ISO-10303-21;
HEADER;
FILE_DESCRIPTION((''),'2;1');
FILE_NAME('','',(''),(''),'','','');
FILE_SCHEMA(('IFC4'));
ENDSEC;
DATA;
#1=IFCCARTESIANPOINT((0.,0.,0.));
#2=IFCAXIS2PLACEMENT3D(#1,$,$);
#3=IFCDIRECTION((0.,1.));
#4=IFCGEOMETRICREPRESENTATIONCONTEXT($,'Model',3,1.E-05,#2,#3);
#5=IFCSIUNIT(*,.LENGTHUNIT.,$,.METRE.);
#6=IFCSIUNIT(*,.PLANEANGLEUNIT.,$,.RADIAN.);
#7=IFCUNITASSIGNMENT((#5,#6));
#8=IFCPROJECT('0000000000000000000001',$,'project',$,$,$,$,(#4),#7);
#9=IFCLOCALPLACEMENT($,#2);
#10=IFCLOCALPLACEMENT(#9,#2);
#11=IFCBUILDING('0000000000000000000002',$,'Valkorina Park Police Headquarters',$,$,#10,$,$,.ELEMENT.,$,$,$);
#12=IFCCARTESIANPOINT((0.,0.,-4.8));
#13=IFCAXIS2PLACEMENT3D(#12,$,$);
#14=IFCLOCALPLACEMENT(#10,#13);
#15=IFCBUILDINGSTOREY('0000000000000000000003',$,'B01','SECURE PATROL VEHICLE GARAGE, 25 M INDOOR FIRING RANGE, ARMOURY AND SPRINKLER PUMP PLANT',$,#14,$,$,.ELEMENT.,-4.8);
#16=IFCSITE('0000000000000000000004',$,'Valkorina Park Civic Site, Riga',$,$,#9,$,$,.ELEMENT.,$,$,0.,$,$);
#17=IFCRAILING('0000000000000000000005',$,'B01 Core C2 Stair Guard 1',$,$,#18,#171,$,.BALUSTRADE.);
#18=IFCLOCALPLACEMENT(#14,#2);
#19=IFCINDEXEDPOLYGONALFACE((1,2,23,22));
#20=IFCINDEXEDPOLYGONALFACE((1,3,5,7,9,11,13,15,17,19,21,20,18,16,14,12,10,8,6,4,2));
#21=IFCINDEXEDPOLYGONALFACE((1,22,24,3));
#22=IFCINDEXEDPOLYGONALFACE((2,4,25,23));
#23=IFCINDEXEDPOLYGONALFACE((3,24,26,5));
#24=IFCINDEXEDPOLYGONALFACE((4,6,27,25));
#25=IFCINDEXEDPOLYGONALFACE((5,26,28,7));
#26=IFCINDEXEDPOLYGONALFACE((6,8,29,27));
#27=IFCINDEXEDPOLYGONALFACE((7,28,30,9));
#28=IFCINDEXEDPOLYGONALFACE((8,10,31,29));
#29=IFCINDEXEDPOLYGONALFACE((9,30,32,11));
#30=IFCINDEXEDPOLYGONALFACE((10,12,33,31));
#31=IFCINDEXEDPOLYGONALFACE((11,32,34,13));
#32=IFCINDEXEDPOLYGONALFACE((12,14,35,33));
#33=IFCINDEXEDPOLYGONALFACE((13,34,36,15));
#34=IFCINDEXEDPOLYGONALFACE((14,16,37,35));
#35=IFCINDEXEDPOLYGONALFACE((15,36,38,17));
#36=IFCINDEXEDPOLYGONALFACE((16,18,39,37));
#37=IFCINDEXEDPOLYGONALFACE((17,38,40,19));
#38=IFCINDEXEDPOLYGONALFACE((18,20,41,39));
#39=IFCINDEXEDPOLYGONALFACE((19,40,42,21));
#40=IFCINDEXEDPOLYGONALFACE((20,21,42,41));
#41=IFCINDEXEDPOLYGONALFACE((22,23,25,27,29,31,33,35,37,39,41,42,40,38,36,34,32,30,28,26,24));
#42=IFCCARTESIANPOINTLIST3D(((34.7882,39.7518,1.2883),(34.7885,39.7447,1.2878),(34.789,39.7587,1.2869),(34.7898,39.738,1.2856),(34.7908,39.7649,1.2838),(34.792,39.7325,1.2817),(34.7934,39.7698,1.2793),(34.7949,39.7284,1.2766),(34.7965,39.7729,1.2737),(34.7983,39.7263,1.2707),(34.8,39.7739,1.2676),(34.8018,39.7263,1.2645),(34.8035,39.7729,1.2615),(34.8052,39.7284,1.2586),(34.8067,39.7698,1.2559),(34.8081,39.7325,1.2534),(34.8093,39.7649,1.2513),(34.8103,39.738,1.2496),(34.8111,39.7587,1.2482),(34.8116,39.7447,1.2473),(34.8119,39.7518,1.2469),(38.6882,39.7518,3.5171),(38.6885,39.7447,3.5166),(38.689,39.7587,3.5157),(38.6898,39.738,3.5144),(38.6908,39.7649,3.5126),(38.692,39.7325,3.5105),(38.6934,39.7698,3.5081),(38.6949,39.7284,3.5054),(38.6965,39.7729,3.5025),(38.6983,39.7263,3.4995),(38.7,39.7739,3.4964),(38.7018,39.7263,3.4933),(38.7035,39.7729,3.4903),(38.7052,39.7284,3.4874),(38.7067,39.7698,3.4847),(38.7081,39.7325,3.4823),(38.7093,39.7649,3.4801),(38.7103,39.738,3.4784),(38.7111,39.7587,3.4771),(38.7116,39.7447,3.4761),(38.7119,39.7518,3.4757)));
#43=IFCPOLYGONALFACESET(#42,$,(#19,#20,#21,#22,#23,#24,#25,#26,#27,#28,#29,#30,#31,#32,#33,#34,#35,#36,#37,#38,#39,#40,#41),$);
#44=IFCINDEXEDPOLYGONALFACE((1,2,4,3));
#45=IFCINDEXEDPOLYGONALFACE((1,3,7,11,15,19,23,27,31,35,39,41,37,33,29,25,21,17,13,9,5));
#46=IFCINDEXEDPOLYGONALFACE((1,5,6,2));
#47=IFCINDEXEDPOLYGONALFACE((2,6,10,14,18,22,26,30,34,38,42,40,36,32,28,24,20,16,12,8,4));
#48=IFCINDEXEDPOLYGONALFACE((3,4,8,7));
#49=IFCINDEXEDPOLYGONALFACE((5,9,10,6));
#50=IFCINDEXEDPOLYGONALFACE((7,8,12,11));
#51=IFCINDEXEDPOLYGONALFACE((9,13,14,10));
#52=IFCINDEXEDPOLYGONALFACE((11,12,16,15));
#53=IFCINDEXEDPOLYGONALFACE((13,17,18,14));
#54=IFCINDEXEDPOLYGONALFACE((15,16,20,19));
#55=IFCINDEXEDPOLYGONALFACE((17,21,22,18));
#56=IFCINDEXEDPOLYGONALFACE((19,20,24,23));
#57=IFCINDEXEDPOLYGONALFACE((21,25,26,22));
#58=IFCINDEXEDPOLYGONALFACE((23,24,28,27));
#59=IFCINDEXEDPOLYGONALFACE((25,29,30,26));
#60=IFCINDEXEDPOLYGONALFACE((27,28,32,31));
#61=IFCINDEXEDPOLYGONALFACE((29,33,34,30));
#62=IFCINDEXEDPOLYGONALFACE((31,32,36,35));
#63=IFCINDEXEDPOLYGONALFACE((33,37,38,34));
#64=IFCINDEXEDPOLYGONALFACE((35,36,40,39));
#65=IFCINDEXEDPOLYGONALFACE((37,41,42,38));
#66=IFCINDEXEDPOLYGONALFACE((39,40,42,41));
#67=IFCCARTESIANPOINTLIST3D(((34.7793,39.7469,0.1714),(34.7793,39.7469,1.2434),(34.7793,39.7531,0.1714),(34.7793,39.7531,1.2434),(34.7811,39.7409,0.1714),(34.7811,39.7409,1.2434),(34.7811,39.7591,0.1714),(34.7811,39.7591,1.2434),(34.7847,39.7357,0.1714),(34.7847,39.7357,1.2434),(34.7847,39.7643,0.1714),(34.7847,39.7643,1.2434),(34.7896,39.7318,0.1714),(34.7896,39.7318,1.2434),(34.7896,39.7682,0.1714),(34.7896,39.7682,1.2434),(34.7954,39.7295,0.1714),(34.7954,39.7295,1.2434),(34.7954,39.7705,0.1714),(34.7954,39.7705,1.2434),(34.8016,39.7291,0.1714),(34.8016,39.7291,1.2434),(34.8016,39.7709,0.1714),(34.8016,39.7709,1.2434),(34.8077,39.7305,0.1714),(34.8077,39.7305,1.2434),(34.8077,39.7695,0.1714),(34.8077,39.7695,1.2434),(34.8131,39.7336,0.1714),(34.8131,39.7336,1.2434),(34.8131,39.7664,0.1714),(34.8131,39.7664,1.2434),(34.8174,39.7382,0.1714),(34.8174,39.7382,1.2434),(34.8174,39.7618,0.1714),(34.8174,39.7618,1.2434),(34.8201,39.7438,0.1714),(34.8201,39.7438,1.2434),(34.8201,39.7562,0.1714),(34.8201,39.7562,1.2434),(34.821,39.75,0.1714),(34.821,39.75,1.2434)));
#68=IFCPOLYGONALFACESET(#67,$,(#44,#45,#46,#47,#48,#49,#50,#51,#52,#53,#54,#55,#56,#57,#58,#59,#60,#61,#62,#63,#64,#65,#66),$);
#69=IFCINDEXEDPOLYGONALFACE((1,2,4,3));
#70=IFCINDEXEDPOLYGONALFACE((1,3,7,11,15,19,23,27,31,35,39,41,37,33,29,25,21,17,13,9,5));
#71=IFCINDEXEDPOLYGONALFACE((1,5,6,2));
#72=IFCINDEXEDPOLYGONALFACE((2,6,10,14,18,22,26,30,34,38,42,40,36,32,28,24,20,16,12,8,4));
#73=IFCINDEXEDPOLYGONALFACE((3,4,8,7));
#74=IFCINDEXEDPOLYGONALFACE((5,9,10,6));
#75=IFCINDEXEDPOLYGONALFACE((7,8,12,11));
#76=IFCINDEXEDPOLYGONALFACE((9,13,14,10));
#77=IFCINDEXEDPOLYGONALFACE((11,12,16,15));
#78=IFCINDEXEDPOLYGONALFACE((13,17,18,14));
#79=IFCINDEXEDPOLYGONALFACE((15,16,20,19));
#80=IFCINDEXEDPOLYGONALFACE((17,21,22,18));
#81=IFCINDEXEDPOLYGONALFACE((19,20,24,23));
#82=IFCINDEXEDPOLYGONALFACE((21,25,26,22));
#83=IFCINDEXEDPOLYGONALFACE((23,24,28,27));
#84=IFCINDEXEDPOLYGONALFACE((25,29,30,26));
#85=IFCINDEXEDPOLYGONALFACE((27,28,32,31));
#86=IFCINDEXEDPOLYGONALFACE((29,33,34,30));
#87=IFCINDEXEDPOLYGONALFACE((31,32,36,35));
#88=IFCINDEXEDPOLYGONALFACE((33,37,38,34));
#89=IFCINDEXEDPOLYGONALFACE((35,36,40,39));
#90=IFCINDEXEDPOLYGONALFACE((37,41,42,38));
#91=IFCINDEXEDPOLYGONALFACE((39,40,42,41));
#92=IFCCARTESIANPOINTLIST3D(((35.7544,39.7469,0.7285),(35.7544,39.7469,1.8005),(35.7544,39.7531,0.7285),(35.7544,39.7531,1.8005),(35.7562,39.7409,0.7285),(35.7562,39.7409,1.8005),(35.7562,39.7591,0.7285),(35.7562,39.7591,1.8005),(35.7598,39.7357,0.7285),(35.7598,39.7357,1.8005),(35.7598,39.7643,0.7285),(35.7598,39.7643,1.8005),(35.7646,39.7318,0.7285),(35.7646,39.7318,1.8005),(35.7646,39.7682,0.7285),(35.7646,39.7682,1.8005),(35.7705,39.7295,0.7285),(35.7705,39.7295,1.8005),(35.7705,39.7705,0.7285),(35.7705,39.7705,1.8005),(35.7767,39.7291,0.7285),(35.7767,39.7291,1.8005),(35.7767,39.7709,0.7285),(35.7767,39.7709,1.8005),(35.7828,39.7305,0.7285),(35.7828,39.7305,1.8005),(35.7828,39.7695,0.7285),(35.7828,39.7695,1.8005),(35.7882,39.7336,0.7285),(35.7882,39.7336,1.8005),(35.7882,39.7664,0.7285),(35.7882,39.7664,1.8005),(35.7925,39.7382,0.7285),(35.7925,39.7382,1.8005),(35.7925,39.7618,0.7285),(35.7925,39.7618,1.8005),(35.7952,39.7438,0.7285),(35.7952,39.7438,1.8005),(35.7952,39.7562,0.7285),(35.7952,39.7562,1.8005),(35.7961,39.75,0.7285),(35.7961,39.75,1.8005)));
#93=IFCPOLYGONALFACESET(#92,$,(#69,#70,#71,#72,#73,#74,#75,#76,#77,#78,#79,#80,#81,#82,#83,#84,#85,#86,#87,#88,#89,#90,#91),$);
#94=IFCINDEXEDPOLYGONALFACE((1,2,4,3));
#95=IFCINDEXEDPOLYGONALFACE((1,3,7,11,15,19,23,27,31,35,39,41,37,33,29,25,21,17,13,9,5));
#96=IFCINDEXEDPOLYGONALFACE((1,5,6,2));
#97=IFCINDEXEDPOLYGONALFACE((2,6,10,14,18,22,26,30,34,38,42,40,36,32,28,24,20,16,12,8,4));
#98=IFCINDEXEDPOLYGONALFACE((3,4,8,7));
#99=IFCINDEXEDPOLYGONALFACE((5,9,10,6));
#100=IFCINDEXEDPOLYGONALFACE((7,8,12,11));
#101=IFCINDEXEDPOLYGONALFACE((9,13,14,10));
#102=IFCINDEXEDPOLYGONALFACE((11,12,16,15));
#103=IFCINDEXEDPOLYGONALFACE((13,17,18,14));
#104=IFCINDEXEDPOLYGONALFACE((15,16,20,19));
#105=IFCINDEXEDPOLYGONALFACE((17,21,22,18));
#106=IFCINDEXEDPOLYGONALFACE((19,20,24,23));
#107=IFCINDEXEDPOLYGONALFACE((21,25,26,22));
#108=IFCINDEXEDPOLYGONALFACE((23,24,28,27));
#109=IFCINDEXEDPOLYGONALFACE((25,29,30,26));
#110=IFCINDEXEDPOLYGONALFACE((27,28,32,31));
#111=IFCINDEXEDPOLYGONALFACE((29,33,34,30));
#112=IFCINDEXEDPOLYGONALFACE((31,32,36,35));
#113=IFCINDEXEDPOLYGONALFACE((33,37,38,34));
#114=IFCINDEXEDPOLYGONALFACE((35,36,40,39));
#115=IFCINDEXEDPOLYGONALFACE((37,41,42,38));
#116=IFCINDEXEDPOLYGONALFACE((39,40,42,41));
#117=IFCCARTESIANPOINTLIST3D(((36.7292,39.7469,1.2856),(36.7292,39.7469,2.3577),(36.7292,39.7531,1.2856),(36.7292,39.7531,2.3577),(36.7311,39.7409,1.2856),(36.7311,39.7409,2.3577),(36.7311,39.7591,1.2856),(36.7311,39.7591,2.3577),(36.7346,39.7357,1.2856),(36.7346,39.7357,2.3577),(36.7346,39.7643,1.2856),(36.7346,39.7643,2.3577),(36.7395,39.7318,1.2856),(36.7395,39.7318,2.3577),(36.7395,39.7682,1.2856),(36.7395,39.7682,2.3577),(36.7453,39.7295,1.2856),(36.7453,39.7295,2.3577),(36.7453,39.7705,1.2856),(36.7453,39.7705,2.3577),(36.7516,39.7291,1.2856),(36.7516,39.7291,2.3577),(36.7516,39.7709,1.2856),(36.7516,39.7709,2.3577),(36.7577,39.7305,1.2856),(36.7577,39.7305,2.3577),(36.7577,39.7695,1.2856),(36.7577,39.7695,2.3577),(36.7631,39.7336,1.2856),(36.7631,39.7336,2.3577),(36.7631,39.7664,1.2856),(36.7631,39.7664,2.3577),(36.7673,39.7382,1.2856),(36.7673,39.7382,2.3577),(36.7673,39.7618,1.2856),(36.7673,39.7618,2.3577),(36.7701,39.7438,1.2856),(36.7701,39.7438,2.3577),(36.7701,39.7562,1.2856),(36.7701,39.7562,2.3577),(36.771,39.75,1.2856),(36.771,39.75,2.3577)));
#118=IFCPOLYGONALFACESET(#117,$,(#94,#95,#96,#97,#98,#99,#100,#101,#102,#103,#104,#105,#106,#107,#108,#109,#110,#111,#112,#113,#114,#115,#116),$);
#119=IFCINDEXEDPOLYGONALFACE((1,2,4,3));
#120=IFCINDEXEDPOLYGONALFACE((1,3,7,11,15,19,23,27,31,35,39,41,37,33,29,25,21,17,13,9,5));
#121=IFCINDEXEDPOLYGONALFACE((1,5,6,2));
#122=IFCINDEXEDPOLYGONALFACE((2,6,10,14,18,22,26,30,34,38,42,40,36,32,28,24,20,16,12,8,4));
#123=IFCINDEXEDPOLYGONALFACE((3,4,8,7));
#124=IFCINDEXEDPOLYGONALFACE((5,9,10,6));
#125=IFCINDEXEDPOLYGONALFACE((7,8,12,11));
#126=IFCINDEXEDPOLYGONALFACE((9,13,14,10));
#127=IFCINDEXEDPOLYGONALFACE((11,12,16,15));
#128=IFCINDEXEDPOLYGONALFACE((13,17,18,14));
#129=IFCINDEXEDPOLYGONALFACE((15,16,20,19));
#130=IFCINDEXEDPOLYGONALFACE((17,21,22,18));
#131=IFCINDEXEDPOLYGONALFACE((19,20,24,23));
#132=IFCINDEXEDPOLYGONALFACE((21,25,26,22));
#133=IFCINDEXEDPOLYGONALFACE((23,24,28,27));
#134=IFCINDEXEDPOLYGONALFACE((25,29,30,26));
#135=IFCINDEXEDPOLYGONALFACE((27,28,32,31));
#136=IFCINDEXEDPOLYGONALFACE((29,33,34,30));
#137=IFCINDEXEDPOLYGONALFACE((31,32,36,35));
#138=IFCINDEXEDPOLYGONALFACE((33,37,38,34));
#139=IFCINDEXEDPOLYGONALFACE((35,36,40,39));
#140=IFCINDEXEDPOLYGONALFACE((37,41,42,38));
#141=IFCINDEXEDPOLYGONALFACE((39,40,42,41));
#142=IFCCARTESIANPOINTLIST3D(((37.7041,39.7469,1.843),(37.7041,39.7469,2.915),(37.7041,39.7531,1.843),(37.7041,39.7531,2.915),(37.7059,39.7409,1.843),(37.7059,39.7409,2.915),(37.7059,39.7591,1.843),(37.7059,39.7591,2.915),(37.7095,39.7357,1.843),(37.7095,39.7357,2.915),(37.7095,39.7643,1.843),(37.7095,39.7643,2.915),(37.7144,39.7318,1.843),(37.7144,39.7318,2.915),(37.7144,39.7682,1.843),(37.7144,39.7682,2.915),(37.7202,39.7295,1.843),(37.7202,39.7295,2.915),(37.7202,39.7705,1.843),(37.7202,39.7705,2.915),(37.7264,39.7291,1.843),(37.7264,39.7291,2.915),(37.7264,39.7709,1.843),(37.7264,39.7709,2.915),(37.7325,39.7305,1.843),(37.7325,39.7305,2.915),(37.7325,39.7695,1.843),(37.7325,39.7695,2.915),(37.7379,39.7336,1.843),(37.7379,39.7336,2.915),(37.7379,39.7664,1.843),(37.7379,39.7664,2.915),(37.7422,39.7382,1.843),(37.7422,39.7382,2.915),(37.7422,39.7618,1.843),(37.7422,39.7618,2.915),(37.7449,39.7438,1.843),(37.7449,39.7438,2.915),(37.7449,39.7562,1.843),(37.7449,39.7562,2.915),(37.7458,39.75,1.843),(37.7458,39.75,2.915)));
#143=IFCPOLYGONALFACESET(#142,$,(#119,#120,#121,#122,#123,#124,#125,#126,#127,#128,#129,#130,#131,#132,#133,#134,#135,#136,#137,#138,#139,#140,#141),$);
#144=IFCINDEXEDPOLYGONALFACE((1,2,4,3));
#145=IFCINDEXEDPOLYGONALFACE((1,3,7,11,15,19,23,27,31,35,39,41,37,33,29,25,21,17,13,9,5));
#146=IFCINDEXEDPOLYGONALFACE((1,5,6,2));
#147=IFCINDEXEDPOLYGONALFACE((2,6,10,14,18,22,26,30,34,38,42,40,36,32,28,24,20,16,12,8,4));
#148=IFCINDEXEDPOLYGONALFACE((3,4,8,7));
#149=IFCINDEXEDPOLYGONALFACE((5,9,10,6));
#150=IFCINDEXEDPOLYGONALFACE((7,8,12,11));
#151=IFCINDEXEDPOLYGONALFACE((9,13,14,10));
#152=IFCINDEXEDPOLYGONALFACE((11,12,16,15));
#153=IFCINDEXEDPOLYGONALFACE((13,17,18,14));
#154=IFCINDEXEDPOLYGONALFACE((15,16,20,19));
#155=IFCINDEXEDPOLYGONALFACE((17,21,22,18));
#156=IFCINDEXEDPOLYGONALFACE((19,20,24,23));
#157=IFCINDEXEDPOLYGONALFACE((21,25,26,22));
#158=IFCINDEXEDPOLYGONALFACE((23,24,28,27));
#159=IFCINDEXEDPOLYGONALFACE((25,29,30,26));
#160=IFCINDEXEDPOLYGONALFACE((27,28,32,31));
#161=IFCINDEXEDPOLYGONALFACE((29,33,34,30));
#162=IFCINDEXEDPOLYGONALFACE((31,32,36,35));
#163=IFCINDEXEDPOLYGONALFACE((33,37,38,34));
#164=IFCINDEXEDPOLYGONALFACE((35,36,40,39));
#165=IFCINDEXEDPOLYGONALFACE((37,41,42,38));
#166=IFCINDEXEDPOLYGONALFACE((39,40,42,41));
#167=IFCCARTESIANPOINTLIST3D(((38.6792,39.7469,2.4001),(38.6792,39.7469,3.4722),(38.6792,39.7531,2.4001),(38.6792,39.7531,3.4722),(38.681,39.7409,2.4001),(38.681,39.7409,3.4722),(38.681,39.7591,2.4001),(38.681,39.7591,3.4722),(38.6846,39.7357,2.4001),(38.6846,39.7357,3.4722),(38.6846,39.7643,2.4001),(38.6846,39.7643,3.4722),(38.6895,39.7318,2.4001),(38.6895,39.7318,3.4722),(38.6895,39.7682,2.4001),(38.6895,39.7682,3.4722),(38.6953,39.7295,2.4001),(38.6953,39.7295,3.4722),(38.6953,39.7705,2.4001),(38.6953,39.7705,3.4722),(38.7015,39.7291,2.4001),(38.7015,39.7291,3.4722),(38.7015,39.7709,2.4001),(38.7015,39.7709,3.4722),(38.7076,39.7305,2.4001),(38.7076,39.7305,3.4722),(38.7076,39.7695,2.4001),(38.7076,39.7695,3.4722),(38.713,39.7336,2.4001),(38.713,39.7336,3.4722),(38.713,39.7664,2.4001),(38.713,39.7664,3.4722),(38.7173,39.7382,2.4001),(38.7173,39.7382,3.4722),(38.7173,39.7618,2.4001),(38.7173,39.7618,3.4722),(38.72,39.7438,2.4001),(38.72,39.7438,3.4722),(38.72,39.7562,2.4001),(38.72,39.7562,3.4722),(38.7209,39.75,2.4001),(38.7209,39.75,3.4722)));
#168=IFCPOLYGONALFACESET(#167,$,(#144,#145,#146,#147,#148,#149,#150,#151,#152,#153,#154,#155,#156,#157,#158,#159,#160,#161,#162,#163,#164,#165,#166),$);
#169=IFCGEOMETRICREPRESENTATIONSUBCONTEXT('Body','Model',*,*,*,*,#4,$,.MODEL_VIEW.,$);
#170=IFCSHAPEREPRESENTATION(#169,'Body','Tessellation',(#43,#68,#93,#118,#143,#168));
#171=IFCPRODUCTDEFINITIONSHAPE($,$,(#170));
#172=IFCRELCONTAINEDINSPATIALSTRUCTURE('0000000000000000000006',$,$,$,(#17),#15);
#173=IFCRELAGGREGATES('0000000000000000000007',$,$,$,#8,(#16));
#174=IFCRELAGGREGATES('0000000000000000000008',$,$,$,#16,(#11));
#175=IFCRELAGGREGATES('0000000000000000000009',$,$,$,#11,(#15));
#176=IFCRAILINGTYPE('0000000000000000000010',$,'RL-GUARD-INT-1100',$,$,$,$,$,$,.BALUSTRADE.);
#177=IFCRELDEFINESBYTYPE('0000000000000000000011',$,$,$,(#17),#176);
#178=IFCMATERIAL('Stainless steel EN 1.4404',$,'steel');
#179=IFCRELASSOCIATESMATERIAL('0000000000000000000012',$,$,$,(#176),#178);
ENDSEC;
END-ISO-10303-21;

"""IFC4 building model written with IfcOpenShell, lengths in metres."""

from ifc_helpers import new_model, si_unit, direction, frame, origin, origin_2d, place, context, subcontext, project, spatial, circle, extrude, material, type_object, element, save


model = new_model("IFC4")

# Units and contexts
model_context = context("Model", 3, precision=1e-05, world=origin(), true_north=direction((0.0, 1.0)))
body_context = subcontext(model_context, "Body", "Model", "MODEL_VIEW")
ifc_project = project(units=[si_unit("LENGTHUNIT", "METRE"), si_unit("PLANEANGLEUNIT", "RADIAN")], contexts=[model_context])

# Site, building, storey
site_placement = place(None, origin())
site = spatial("IfcSite", under=ifc_project, at=site_placement, Name="Valkorina Park Civic Site, Riga", CompositionType="ELEMENT", RefElevation=0.0)
building_placement = place(site_placement, origin())
building = spatial("IfcBuilding", under=site, at=building_placement, Name="Valkorina Park Police Headquarters", CompositionType="ELEMENT")
storey_placement = place(building_placement, frame((0.0, 0.0, -4.8)))
storey = spatial("IfcBuildingStorey", under=building, at=storey_placement, Name="B01", Description="SECURE PATROL VEHICLE GARAGE, 25 M INDOOR FIRING RANGE, ARMOURY AND SPRINKLER PUMP PLANT", CompositionType="ELEMENT", Elevation=-4.8)

# Shared definitions
ifc_material_1 = material(Name="Stainless steel EN 1.4404", Category="steel")

# Railing
railing_type_1 = type_object("IfcRailingType", Name="RL-GUARD-INT-1100", PredefinedType="BALUSTRADE", material=ifc_material_1)
railing_1_placement = place(storey_placement, frame((34.8, 39.75, 0.1714)))
element("IfcRailing", 1, at=railing_1_placement, inside=storey, type_object=railing_type_1, Name="B01 Core C2 Stair Guard 1", PredefinedType="BALUSTRADE", context=body_context, shape_type="SweptSolid", body=[
    extrude(circle(Radius=0.0239, at=origin_2d()), frame((0.0, 0.0, 1.0962), z_axis=(0.86822, 0.0, 0.49618), x_axis=(0.0, 1.0, 0.0)), (0.0, 0.0, 1.0), 4.4919),
    extrude(circle(Radius=0.021, at=origin_2d()), origin(), (0.0, 0.0, 1.0), 1.072),
    extrude(circle(Radius=0.021, at=origin_2d()), frame((0.9751, 0.0, 0.5571)), (0.0, 0.0, 1.0), 1.072),
    extrude(circle(Radius=0.021, at=origin_2d()), frame((1.95, 0.0, 1.1143)), (0.0, 0.0, 1.0), 1.072),
    extrude(circle(Radius=0.021, at=origin_2d()), frame((2.9248, 0.0, 1.6716)), (0.0, 0.0, 1.0), 1.072),
    extrude(circle(Radius=0.021, at=origin_2d()), frame((3.8999, 0.0, 2.2288)), (0.0, 0.0, 1.0), 1.072),
])

save(model, "model.ifc")
